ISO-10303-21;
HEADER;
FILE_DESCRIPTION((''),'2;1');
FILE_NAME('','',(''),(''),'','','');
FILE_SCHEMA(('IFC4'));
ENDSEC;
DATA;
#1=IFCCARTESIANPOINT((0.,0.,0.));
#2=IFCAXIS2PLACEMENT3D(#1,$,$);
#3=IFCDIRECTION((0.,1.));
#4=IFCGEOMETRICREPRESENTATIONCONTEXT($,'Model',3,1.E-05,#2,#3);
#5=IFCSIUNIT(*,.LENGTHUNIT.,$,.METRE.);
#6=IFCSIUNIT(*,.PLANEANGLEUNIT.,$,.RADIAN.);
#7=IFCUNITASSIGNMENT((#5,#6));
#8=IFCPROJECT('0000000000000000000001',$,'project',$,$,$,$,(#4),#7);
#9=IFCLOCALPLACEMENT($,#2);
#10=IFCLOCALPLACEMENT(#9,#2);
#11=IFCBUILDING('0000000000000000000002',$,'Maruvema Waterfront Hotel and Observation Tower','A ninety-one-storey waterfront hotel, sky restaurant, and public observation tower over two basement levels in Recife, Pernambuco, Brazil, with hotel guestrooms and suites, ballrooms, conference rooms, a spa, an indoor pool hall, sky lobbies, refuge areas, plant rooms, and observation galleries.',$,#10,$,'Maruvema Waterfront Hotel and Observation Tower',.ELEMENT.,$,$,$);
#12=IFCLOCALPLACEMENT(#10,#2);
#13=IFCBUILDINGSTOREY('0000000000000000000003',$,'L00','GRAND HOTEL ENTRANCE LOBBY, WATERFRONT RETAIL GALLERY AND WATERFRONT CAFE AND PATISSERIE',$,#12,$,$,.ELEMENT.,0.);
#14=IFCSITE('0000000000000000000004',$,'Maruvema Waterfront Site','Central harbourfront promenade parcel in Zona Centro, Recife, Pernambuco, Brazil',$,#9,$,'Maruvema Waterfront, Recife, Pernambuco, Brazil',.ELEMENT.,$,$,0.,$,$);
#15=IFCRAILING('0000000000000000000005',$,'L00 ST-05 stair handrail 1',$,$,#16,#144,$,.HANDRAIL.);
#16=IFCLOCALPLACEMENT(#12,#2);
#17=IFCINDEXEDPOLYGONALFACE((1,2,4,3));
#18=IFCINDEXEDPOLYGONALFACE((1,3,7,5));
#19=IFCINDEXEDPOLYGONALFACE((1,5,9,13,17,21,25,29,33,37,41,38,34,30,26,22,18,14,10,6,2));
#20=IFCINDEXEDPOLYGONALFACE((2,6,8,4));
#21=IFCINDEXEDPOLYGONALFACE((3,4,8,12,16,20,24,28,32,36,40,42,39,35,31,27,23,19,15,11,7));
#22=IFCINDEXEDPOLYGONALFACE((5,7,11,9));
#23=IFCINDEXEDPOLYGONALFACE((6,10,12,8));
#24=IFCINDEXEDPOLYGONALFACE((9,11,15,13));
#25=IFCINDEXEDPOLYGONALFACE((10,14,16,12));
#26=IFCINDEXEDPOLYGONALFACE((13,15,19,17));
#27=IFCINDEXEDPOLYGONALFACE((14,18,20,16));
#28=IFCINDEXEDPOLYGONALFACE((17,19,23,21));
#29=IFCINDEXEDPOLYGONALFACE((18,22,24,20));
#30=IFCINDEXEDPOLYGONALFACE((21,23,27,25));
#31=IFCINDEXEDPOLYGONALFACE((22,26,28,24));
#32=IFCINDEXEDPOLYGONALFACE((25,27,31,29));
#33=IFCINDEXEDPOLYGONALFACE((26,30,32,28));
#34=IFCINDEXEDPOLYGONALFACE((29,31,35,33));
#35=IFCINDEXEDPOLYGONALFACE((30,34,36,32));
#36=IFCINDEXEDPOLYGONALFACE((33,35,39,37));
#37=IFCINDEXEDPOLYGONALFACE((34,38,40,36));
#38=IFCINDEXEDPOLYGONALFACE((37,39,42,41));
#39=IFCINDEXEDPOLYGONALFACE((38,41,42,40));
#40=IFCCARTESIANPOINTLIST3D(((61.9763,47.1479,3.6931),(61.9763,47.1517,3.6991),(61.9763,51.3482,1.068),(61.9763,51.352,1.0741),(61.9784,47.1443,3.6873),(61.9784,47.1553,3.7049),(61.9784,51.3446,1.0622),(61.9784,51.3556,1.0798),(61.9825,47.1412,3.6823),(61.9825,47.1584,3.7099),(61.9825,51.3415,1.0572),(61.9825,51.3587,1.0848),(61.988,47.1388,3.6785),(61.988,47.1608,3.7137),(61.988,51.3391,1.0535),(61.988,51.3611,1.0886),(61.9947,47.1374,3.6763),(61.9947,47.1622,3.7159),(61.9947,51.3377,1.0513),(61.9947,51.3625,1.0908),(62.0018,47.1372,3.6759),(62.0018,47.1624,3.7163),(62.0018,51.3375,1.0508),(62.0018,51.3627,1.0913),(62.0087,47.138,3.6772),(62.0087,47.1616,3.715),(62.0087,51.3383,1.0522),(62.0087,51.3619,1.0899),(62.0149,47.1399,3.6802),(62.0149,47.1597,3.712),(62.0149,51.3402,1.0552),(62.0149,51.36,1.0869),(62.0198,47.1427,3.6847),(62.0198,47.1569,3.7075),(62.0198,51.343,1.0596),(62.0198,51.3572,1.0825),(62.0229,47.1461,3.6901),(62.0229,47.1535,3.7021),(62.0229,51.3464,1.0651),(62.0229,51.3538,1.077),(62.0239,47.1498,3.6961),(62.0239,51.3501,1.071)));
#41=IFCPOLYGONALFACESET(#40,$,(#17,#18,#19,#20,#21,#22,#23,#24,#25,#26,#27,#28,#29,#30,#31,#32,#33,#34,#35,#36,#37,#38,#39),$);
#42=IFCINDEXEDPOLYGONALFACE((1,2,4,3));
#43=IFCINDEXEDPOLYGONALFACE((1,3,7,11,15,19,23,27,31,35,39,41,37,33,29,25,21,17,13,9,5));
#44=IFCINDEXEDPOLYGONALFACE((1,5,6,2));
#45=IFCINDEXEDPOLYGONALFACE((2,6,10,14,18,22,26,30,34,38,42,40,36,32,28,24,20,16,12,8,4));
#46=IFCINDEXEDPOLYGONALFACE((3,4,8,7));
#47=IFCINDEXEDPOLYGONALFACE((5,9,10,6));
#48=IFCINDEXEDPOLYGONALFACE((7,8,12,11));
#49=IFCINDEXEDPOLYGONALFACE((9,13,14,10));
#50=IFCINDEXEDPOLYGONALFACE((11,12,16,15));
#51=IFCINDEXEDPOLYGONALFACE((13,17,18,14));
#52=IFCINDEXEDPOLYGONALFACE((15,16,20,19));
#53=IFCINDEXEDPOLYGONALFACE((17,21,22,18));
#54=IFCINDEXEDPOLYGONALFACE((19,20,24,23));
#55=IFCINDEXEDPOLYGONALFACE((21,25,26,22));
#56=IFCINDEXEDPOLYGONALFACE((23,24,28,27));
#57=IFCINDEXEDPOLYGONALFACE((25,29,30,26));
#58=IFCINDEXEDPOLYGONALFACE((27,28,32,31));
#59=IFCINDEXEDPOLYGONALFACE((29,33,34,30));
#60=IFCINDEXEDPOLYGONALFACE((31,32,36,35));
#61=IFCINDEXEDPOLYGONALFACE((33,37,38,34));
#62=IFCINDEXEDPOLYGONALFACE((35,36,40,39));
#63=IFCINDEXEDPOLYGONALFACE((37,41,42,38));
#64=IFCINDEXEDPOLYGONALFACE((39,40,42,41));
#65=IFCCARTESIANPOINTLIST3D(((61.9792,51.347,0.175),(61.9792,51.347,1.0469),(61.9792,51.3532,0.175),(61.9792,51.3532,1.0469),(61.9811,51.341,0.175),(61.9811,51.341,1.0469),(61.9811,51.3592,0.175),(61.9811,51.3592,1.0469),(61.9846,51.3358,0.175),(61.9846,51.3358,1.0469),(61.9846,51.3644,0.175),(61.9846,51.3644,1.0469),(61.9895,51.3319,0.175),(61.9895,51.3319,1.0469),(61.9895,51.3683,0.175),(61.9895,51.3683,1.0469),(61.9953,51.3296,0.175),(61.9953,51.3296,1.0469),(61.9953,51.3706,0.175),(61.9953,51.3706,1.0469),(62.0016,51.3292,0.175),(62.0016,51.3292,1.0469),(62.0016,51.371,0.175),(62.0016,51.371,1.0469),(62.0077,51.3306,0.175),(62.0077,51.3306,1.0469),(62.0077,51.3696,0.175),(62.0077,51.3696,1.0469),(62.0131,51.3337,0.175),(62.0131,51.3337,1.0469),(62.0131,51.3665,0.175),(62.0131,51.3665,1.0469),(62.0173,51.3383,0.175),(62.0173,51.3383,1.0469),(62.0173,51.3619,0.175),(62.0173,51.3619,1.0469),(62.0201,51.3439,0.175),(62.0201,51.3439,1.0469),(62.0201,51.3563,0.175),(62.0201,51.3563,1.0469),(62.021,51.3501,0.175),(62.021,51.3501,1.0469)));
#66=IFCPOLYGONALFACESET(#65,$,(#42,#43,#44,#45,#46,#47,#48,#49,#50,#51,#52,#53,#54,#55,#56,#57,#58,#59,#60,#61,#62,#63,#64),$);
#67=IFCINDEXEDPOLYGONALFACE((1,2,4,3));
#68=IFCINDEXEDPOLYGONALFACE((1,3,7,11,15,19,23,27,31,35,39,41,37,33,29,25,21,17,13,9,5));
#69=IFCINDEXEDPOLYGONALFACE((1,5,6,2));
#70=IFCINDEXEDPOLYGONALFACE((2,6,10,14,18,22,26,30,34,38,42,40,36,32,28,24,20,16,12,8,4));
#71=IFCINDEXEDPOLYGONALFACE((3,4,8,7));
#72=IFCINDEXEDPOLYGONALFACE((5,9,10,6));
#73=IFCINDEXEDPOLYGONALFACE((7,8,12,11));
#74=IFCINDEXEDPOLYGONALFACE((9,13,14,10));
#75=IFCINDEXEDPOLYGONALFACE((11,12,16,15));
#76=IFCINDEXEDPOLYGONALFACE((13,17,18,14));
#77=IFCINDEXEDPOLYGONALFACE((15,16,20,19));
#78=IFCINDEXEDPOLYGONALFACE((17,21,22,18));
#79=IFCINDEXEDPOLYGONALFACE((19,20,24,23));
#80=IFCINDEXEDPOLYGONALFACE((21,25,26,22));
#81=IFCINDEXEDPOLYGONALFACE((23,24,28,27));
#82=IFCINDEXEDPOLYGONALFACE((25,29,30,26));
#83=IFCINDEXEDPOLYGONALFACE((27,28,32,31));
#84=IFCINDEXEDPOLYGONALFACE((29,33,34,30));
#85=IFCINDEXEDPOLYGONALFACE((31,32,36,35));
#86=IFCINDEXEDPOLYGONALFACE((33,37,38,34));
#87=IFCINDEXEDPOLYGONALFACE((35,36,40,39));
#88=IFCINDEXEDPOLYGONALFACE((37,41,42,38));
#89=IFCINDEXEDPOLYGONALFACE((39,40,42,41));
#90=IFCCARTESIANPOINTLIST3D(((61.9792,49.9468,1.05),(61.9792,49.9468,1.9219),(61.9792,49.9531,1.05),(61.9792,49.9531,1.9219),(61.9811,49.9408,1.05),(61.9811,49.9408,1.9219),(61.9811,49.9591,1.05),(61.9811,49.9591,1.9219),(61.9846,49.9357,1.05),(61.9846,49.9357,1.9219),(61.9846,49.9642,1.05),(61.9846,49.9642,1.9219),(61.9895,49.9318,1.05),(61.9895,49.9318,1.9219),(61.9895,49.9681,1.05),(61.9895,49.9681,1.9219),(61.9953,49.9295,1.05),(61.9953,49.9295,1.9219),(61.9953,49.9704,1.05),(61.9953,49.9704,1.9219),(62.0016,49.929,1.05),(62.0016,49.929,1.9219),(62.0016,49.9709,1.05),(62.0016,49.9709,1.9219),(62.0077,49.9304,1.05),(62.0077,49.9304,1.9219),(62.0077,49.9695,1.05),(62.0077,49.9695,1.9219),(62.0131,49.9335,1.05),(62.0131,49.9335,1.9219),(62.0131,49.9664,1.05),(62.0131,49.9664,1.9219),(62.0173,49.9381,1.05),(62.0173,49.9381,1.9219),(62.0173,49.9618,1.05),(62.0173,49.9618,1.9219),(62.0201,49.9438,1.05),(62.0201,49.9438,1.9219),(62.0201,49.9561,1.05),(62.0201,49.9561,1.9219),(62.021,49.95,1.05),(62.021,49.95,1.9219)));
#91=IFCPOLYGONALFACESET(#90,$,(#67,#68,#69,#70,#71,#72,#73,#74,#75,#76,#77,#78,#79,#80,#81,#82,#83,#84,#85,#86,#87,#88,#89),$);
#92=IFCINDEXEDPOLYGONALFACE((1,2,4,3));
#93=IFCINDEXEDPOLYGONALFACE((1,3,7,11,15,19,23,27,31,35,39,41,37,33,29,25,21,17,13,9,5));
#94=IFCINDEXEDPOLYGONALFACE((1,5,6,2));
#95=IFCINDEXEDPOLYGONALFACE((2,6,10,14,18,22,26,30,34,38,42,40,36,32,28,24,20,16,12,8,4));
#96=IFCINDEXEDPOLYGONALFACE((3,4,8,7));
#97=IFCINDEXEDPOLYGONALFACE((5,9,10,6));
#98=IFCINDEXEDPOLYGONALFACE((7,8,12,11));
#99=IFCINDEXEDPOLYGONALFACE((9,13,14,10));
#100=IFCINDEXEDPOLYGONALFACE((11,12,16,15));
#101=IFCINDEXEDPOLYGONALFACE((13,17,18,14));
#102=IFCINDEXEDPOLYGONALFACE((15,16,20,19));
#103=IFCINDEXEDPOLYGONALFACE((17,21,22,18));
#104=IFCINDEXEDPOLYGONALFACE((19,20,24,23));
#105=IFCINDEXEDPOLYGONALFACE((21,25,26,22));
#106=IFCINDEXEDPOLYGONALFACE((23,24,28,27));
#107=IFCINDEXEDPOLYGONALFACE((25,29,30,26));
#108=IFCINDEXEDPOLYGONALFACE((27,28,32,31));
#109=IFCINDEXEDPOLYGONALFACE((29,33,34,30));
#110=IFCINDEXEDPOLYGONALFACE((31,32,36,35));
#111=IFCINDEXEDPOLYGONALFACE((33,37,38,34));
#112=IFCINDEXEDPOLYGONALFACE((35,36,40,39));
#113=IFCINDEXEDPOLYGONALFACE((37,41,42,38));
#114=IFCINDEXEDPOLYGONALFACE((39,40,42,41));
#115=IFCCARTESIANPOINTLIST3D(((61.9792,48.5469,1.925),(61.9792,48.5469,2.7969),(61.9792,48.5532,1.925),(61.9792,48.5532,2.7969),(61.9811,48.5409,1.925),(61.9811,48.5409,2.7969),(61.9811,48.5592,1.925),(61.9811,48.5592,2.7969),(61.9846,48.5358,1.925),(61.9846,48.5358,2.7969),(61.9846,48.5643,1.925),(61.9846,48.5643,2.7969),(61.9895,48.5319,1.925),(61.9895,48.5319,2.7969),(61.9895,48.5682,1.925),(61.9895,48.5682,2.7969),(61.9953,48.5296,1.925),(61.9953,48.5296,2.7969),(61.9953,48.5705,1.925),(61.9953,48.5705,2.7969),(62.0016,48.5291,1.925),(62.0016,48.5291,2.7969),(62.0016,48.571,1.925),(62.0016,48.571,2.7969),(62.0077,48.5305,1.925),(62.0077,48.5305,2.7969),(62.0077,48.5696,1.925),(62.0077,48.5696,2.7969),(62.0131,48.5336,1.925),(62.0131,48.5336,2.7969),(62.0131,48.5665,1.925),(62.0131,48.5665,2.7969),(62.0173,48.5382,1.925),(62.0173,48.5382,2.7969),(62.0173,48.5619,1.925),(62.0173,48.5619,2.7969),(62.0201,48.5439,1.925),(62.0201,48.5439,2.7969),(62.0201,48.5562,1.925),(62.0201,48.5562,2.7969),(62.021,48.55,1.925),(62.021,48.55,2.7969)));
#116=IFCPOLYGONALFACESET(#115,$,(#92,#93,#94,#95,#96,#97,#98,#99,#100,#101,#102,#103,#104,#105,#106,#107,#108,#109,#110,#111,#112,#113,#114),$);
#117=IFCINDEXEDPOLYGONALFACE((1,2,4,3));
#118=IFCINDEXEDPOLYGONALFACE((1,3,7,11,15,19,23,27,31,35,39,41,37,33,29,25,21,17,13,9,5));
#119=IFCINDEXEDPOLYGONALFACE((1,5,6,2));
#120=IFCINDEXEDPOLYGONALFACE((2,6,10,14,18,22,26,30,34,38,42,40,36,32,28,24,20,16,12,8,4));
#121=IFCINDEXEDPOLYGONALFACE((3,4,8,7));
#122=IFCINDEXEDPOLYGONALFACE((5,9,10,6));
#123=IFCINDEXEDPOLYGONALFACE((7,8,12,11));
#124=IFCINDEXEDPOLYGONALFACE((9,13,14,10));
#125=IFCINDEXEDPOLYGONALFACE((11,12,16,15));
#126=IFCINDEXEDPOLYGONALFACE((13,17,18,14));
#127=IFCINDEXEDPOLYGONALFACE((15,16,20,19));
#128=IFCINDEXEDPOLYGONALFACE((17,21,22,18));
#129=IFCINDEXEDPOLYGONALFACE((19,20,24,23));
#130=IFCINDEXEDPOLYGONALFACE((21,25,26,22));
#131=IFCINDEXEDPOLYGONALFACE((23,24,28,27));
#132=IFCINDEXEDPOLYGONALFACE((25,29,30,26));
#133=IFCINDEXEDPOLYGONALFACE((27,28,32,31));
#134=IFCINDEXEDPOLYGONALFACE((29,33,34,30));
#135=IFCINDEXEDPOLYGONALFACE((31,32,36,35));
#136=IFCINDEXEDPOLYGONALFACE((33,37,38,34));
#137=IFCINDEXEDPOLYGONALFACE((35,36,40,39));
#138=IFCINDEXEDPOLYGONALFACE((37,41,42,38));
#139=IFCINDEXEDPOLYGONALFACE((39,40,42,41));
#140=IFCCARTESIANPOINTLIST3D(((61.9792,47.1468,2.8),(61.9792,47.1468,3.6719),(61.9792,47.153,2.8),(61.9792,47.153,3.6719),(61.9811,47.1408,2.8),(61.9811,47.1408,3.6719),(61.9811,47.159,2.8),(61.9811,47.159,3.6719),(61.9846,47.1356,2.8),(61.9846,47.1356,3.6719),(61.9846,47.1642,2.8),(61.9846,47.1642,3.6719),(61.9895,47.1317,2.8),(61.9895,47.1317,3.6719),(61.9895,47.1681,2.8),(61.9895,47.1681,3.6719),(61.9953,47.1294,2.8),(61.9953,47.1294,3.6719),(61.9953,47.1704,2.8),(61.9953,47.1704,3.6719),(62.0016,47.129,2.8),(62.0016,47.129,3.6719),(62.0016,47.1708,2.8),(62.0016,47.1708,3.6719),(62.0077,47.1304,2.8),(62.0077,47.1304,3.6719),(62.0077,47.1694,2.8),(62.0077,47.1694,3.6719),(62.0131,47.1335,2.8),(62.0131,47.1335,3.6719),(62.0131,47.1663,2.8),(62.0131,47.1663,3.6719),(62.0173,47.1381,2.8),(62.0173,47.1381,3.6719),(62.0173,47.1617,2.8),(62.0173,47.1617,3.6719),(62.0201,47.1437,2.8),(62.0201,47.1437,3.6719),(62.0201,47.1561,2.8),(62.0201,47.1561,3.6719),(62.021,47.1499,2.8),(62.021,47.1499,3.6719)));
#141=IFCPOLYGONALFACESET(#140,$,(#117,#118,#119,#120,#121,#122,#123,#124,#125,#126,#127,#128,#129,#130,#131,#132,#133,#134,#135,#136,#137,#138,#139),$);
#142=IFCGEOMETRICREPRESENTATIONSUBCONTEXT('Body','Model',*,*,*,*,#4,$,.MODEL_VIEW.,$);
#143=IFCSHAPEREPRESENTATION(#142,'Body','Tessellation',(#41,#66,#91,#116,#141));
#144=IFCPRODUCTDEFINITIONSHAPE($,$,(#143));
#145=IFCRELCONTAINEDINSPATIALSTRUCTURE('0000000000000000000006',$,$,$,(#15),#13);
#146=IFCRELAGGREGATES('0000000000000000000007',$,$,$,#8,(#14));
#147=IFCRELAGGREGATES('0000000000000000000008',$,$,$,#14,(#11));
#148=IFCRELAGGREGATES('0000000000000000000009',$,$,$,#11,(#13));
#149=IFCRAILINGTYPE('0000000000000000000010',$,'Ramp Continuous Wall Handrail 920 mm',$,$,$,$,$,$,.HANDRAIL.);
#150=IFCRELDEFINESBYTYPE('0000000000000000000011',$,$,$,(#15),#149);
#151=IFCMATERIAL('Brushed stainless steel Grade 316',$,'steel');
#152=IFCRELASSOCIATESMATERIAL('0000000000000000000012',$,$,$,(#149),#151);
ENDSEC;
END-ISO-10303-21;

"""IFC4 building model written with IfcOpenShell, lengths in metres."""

from ifc_helpers import new_model, si_unit, direction, frame, origin, origin_2d, place, context, subcontext, project, spatial, circle, extrude, material, type_object, element, save


model = new_model("IFC4")

# Units and contexts
model_context = context("Model", 3, precision=1e-05, world=origin(), true_north=direction((0.0, 1.0)))
body_context = subcontext(model_context, "Body", "Model", "MODEL_VIEW")
ifc_project = project(units=[si_unit("LENGTHUNIT", "METRE"), si_unit("PLANEANGLEUNIT", "RADIAN")], contexts=[model_context])

# Site, building, storey
site_placement = place(None, origin())
site = spatial("IfcSite", under=ifc_project, at=site_placement, Name="Maruvema Waterfront Site", Description="Central harbourfront promenade parcel in Zona Centro, Recife, Pernambuco, Brazil", LongName="Maruvema Waterfront, Recife, Pernambuco, Brazil", CompositionType="ELEMENT", RefElevation=0.0)
building_placement = place(site_placement, origin())
building = spatial("IfcBuilding", under=site, at=building_placement, Name="Maruvema Waterfront Hotel and Observation Tower", Description="A ninety-one-storey waterfront hotel, sky restaurant, and public observation tower over two basement levels in Recife, Pernambuco, Brazil, with hotel guestrooms and suites, ballrooms, conference rooms, a spa, an indoor pool hall, sky lobbies, refuge areas, plant rooms, and observation galleries.", LongName="Maruvema Waterfront Hotel and Observation Tower", CompositionType="ELEMENT")
storey_placement = place(building_placement, origin())
storey = spatial("IfcBuildingStorey", under=building, at=storey_placement, Name="L00", Description="GRAND HOTEL ENTRANCE LOBBY, WATERFRONT RETAIL GALLERY AND WATERFRONT CAFE AND PATISSERIE", CompositionType="ELEMENT", Elevation=0.0)

# Railing
ifc_material_1 = material(Name="Brushed stainless steel Grade 316", Category="steel")
railing_type_1 = type_object("IfcRailingType", Name="Ramp Continuous Wall Handrail 920 mm", PredefinedType="HANDRAIL", material=ifc_material_1)
railing_1_placement = place(storey_placement, frame((62.0, 51.3501, 0.175)))
element("IfcRailing", 1, at=railing_1_placement, inside=storey, type_object=railing_type_1, Name="L00 ST-05 stair handrail 1", PredefinedType="HANDRAIL", context=body_context, shape_type="SweptSolid", body=[
    extrude(circle(Radius=0.0239, at=origin_2d()), frame((0.0, 0.0, 0.896), z_axis=(0.0, -0.848009, 0.529981), x_axis=(1.0, 0.0, 0.0)), (0.0, 0.0, 1.0), 4.9531),
    extrude(circle(Radius=0.021, at=origin_2d()), origin(), (0.0, 0.0, 1.0), 0.8718),
    extrude(circle(Radius=0.021, at=origin_2d()), frame((0.0, -1.4001, 0.875)), (0.0, 0.0, 1.0), 0.8718),
    extrude(circle(Radius=0.021, at=origin_2d()), frame((0.0, -2.8, 1.75)), (0.0, 0.0, 1.0), 0.8718),
    extrude(circle(Radius=0.021, at=origin_2d()), frame((0.0, -4.2002, 2.625)), (0.0, 0.0, 1.0), 0.8718),
])

save(model, "model.ifc")
